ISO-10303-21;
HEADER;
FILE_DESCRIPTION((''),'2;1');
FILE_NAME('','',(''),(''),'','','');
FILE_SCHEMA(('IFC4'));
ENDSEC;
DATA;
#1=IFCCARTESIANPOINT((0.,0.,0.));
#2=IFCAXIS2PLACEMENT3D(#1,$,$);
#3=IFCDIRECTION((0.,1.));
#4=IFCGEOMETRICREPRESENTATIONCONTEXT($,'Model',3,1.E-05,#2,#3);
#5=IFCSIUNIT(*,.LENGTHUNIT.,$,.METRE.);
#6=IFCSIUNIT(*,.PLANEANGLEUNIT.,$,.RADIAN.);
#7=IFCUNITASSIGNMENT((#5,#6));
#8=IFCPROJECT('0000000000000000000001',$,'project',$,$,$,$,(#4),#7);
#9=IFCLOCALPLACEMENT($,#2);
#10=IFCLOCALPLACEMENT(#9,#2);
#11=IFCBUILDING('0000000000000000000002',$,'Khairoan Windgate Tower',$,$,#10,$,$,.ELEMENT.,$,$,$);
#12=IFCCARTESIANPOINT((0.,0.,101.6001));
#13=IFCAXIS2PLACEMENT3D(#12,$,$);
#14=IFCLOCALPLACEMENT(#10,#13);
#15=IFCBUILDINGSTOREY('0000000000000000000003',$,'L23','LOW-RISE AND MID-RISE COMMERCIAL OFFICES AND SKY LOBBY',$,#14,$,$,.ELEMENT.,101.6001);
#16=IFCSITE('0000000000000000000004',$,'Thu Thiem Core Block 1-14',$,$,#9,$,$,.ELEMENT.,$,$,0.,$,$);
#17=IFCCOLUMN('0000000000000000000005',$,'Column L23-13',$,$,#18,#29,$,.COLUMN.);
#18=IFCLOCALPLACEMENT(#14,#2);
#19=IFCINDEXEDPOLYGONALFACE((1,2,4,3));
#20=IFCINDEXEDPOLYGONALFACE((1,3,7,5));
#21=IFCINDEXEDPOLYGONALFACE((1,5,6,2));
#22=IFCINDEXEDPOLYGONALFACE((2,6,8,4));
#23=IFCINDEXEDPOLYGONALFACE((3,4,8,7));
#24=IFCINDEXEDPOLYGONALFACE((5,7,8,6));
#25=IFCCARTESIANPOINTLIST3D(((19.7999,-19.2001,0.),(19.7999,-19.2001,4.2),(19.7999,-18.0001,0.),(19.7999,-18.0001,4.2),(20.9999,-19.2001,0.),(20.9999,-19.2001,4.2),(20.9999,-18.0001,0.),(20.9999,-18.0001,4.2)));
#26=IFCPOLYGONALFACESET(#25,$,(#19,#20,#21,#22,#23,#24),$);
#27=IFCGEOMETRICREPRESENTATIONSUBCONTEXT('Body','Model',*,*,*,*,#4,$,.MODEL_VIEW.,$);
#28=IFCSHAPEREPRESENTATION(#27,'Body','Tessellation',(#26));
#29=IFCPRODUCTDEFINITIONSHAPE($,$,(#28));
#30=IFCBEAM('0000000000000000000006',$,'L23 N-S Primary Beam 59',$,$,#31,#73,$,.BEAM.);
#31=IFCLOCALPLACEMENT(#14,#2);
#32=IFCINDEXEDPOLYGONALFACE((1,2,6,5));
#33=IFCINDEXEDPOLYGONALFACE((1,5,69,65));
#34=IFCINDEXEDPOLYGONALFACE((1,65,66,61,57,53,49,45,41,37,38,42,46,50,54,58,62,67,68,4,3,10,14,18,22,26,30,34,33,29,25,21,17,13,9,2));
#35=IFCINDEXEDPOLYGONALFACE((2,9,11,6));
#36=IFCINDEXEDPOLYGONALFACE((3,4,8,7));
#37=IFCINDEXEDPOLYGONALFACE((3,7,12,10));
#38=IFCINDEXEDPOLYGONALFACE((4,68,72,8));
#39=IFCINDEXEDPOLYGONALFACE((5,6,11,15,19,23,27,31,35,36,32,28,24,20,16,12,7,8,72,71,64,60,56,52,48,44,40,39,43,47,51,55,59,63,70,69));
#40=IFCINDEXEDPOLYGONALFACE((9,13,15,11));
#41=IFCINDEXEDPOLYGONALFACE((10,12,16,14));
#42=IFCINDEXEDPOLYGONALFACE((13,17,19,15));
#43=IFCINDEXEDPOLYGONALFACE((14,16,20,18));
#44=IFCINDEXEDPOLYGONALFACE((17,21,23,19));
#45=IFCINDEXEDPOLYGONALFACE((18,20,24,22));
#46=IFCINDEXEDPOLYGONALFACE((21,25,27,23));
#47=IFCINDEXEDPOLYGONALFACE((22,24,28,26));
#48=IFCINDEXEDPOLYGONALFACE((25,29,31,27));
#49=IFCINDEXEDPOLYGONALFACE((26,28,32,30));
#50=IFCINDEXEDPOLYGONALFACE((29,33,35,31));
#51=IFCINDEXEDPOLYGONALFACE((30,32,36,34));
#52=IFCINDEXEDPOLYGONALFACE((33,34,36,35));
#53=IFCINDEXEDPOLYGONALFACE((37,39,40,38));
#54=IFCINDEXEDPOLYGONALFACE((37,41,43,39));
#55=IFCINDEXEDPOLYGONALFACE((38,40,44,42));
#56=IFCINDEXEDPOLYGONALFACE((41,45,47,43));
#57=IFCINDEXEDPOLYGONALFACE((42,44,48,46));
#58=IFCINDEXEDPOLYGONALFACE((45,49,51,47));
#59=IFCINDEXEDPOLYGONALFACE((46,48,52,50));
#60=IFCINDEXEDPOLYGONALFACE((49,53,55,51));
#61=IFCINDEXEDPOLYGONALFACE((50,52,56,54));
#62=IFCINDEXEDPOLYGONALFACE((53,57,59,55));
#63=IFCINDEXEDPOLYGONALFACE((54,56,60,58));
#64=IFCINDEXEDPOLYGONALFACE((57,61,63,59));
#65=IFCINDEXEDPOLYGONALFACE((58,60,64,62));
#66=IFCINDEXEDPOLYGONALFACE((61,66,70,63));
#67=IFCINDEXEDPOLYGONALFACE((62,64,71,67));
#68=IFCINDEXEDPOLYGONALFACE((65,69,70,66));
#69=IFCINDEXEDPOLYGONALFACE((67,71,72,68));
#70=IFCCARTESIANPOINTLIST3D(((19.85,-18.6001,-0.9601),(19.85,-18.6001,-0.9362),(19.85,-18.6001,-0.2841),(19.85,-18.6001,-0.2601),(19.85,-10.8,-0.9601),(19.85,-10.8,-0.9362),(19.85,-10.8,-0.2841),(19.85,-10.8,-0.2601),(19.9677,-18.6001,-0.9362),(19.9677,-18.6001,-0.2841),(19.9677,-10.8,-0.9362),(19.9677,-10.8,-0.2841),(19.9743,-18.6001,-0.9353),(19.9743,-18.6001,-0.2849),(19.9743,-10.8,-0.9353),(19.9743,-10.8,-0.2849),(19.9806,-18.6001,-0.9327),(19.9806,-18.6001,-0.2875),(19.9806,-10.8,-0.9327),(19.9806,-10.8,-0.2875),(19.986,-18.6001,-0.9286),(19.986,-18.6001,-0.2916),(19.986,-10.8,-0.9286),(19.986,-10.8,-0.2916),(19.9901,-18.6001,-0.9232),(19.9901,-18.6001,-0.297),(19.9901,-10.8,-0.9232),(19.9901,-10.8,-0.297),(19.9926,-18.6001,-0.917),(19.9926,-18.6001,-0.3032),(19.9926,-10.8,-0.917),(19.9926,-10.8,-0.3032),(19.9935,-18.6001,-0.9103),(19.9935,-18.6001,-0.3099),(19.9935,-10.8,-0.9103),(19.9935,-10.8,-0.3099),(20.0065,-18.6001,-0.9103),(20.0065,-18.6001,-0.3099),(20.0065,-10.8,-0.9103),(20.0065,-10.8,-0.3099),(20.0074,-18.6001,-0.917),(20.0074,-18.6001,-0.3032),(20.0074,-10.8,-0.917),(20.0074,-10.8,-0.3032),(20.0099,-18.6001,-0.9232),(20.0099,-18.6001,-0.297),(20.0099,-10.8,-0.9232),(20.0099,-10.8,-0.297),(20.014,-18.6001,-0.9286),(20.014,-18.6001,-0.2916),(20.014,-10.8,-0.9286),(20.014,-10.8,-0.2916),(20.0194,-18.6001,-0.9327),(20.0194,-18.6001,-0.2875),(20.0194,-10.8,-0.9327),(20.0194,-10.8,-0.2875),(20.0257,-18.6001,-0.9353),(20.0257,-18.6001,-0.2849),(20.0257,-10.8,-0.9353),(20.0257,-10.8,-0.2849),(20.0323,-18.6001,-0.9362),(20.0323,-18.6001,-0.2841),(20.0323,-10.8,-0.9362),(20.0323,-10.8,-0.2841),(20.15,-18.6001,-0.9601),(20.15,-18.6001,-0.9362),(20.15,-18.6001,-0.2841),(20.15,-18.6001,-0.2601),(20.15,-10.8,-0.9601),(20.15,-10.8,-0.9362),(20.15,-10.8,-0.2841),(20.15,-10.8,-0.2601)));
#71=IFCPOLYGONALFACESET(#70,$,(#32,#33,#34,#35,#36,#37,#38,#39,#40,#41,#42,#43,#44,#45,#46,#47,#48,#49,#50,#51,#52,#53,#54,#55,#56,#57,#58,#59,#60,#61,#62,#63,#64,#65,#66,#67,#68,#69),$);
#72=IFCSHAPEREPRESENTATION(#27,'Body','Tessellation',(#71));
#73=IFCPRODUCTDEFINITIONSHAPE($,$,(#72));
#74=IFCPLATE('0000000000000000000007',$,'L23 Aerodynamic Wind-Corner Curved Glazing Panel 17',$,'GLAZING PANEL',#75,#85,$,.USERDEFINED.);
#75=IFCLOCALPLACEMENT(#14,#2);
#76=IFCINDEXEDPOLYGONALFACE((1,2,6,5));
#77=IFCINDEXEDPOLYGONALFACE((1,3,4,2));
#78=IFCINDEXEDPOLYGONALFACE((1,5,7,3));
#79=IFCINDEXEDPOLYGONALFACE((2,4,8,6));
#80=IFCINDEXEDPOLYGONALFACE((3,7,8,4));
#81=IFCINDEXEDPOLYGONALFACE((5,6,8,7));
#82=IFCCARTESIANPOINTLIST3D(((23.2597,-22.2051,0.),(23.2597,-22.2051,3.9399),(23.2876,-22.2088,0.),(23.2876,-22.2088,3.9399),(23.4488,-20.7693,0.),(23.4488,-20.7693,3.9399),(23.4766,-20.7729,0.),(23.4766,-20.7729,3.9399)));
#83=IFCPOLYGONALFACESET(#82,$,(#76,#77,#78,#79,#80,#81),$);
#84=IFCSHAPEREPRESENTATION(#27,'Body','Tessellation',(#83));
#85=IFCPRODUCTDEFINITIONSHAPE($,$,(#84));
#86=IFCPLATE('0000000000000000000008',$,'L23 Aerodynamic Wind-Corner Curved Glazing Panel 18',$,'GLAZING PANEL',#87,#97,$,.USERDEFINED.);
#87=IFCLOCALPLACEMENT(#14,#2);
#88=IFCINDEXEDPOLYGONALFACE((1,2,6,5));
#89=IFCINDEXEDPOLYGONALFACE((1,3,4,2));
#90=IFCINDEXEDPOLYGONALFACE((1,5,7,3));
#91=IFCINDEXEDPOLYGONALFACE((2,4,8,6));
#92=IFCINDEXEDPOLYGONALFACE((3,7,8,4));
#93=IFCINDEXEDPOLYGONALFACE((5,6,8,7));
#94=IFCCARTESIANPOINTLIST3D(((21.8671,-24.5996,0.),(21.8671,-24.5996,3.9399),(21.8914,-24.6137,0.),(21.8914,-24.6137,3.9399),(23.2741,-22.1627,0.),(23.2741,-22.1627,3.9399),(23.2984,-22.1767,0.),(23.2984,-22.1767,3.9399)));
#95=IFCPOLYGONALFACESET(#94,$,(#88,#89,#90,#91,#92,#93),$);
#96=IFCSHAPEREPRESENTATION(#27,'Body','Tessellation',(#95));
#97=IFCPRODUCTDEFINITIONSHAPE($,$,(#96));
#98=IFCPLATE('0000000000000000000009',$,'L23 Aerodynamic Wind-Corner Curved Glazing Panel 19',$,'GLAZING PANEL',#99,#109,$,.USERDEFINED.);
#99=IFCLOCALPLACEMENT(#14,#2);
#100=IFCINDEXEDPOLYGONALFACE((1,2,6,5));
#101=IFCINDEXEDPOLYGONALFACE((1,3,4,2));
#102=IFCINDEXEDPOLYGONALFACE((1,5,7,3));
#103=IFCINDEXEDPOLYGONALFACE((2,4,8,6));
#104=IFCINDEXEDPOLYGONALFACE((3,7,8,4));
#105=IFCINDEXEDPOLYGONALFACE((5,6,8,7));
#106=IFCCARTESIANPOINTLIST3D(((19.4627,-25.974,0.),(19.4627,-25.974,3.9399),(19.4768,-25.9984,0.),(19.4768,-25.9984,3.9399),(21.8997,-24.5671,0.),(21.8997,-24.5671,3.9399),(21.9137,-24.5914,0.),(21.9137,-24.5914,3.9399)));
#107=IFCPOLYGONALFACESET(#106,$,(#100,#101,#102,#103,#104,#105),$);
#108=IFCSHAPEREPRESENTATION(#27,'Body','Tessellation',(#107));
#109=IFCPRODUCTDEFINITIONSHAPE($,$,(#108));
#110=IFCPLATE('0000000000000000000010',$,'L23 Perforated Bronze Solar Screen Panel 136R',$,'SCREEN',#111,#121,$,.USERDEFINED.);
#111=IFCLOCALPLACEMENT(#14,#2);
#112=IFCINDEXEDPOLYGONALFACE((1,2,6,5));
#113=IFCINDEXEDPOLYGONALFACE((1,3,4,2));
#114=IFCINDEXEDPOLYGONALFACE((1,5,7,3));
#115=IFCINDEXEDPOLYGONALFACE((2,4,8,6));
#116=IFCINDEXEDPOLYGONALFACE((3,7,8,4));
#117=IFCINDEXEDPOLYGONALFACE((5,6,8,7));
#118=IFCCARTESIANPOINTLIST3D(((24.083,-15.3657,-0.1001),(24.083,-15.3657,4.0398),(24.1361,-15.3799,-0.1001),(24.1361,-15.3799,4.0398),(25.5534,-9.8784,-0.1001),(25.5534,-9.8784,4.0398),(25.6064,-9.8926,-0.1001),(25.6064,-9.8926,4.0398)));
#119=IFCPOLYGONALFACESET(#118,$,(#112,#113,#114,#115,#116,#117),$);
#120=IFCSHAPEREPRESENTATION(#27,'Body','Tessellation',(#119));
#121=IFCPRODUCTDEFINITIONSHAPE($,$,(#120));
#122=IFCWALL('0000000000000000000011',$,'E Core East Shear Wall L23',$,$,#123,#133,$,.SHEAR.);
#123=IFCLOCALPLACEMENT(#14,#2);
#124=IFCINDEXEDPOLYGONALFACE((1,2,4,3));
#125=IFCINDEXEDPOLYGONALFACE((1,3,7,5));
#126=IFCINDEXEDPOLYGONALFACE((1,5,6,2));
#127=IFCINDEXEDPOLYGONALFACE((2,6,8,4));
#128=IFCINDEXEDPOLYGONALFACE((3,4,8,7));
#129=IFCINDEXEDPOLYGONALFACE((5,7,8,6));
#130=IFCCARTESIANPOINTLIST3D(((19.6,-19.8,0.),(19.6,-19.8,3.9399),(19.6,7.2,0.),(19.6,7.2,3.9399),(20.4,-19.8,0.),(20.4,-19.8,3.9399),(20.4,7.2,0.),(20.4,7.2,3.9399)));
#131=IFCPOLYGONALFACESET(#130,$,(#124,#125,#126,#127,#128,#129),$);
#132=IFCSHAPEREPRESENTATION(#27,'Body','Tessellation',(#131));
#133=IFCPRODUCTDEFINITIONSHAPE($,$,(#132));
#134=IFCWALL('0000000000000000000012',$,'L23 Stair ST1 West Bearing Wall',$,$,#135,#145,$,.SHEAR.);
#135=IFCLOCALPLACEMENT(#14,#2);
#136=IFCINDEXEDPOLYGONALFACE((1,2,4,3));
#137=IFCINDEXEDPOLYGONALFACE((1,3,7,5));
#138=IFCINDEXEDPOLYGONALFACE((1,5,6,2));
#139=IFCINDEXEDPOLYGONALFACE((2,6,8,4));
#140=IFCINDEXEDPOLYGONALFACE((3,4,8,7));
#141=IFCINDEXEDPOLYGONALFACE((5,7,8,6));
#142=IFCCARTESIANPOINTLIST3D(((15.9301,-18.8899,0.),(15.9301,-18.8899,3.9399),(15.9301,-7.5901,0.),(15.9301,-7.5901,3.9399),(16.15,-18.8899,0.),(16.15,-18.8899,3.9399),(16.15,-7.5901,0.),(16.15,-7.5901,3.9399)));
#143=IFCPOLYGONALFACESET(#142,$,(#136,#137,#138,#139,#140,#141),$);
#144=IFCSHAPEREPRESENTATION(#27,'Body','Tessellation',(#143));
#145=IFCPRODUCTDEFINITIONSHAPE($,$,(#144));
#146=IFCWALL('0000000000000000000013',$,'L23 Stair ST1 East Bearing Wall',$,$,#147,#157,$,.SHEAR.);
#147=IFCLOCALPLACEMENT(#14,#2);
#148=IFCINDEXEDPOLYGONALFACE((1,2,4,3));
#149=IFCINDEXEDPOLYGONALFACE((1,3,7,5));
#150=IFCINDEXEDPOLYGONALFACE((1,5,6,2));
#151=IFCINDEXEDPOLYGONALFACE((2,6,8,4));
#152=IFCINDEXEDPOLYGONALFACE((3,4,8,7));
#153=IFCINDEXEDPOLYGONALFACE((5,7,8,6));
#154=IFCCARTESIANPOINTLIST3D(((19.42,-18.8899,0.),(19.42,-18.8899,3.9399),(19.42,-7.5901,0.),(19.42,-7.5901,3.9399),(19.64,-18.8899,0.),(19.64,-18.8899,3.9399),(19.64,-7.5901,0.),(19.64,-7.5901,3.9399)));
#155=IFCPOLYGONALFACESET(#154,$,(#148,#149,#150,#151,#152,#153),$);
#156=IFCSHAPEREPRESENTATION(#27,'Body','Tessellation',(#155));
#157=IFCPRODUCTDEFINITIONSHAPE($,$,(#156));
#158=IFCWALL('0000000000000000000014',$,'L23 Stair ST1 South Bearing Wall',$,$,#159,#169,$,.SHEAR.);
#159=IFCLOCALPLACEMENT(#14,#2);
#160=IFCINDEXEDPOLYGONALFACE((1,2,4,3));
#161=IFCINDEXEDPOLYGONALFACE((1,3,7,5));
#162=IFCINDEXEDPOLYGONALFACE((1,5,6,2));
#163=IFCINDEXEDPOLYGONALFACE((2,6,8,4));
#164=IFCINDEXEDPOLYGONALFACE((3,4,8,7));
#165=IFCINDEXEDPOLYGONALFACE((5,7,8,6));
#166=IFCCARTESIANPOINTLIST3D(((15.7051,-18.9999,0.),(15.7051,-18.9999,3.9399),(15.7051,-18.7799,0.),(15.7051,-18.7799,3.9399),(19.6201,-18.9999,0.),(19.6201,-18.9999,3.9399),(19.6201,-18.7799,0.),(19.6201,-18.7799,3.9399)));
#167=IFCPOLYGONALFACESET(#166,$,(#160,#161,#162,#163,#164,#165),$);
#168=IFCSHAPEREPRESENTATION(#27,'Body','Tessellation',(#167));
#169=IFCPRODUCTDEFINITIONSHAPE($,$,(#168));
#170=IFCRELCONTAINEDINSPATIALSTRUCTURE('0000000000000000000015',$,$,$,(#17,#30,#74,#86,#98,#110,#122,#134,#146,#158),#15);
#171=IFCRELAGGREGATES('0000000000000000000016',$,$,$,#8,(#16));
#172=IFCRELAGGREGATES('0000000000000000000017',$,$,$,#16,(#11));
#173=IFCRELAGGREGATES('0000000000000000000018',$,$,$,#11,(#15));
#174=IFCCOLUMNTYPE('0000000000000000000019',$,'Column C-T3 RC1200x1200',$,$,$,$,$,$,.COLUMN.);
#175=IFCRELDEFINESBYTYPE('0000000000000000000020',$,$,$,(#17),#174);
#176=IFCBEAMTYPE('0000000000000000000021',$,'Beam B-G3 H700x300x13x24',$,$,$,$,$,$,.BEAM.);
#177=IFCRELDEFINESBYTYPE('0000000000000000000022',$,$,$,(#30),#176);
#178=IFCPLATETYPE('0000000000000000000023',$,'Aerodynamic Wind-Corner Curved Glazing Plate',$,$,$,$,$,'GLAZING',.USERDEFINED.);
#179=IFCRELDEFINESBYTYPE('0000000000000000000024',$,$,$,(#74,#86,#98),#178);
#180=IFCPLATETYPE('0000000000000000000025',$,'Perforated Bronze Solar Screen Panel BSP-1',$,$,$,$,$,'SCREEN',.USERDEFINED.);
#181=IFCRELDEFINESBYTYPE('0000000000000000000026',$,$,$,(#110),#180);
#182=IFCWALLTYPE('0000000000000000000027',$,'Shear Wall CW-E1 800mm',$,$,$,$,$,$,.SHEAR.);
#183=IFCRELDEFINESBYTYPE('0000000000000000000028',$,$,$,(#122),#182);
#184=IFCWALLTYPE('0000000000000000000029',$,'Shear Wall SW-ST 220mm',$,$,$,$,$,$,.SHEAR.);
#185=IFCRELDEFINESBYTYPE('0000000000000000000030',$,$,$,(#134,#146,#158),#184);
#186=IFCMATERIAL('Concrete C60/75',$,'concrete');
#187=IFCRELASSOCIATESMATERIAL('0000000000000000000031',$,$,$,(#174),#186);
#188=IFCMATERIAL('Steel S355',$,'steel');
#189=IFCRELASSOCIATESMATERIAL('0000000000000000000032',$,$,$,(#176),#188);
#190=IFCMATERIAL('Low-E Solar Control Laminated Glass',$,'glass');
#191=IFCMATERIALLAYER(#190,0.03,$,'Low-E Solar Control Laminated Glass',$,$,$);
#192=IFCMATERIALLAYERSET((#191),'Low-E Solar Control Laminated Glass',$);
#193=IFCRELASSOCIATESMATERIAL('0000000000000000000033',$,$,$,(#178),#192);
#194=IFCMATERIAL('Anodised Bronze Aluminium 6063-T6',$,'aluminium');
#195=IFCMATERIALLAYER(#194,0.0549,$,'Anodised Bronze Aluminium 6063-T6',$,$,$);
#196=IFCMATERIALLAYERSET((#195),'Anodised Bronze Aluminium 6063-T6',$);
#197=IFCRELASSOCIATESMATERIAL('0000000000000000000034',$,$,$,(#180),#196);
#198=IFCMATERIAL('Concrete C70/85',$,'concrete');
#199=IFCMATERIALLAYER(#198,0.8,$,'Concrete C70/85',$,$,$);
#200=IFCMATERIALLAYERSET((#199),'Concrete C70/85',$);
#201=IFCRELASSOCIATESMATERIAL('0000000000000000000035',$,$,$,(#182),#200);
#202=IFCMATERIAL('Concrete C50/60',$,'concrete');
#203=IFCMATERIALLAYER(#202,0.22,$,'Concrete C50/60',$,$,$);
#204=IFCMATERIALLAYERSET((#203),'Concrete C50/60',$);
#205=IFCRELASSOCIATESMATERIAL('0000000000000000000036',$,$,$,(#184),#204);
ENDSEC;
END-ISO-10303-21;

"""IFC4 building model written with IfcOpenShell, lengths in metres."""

from ifc_helpers import new_model, si_unit, direction, frame, frame_2d, origin, origin_2d, place, context, subcontext, project, spatial, rectangle, i_section, extrude, material, layer, layer_set, material_profile, profile_set, type_object, element, save


model = new_model("IFC4")

# Units and contexts
model_context = context("Model", 3, precision=1e-05, world=origin(), true_north=direction((0.0, 1.0)))
body_context = subcontext(model_context, "Body", "Model", "MODEL_VIEW")
ifc_project = project(units=[si_unit("LENGTHUNIT", "METRE"), si_unit("PLANEANGLEUNIT", "RADIAN")], contexts=[model_context])

# Site, building, storey
site_placement = place(None, origin())
site = spatial("IfcSite", under=ifc_project, at=site_placement, Name="Thu Thiem Core Block 1-14", CompositionType="ELEMENT", RefElevation=0.0)
building_placement = place(site_placement, origin())
building = spatial("IfcBuilding", under=site, at=building_placement, Name="Khairoan Windgate Tower", CompositionType="ELEMENT")
storey_placement = place(building_placement, frame((0.0, 0.0, 101.6001)))
storey = spatial("IfcBuildingStorey", under=building, at=storey_placement, Name="L23", Description="LOW-RISE AND MID-RISE COMMERCIAL OFFICES AND SKY LOBBY", CompositionType="ELEMENT", Elevation=101.6001)

# Column
ifc_material_1 = material(Name="Concrete C60/75", Category="concrete")
ifc_material_profile_1 = material_profile(ifc_material_1, rectangle(XDim=1.2, YDim=1.2, at=origin_2d()))
ifc_profile_set_1 = profile_set([ifc_material_profile_1], Name="Concrete C60/75")
column_type = type_object("IfcColumnType", Name="Column C-T3 RC1200x1200", PredefinedType="COLUMN", material=ifc_profile_set_1)
column_placement = place(storey_placement, frame((20.3999, -18.6001, 0.0), z_axis=(0.0, 0.0, 1.0), x_axis=(1.0, 0.0, 0.0)))
element("IfcColumn", 1, at=column_placement, inside=storey, type_object=column_type, Name="Column L23-13", PredefinedType="COLUMN", context=body_context, shape_type="SweptSolid", body=[
    extrude(rectangle(XDim=1.2, YDim=1.2, at=origin_2d()), origin(), (0.0, 0.0, 1.0), 4.2),
])

# Beam
ifc_material_2 = material(Name="Steel S355", Category="steel")
ifc_material_profile_2 = material_profile(ifc_material_2, i_section(OverallWidth=0.3, OverallDepth=0.7, WebThickness=0.0129, FlangeThickness=0.0239, FilletRadius=0.0259, at=origin_2d()))
ifc_profile_set_2 = profile_set([ifc_material_profile_2], Name="Steel S355")
beam_type = type_object("IfcBeamType", Name="Beam B-G3 H700x300x13x24", PredefinedType="BEAM", material=ifc_profile_set_2)
beam_placement = place(storey_placement, frame((20.0, -18.6001, -0.6101), z_axis=(0.0, 1.0, 0.0), x_axis=(-1.0, 0.0, 0.0)))
element("IfcBeam", 2, at=beam_placement, inside=storey, type_object=beam_type, Name="L23 N-S Primary Beam 59", PredefinedType="BEAM", context=body_context, shape_type="SweptSolid", body=[
    extrude(i_section(OverallWidth=0.3, OverallDepth=0.7, WebThickness=0.0129, FlangeThickness=0.0239, FilletRadius=0.0259, at=origin_2d()), origin(), (0.0, 0.0, 1.0), 7.8),
])

# Plates
ifc_material_3 = material(Name="Low-E Solar Control Laminated Glass", Category="glass")
ifc_layer_1 = layer(ifc_material_3, 0.03, Name="Low-E Solar Control Laminated Glass")
ifc_layer_set_1 = layer_set([ifc_layer_1], Name="Low-E Solar Control Laminated Glass")
plate_type_1 = type_object("IfcPlateType", Name="Aerodynamic Wind-Corner Curved Glazing Plate", ElementType="GLAZING", PredefinedType="USERDEFINED", material=ifc_layer_set_1)
plate_1_placement = place(storey_placement, frame((23.3682, -21.489, 0.0), z_axis=(0.0, 0.0, 1.0), x_axis=(-0.130526, -0.991445, 0.0)))
element("IfcPlate", 3, at=plate_1_placement, inside=storey, type_object=plate_type_1, Name="L23 Aerodynamic Wind-Corner Curved Glazing Panel 17", ObjectType="GLAZING PANEL", PredefinedType="USERDEFINED", context=body_context, shape_type="SweptSolid", body=[
    extrude(rectangle(XDim=1.4482, YDim=0.0281, at=origin_2d()), origin(), (0.0, 0.0, 1.0), 3.9399),
])
for number, where, z_axis, x_axis, name in (
    (4, (22.5828, -23.3882, 0.0), (0.0, 0.0, 1.0), (-0.5, -0.866025, 0.0), "L23 Aerodynamic Wind-Corner Curved Glazing Panel 18"),
    (5, (20.6882, -25.2827, 0.0), (0.0, 0.0, 1.0), (-0.866025, -0.5, 0.0), "L23 Aerodynamic Wind-Corner Curved Glazing Panel 19"),
):
    element("IfcPlate", number, at=place(storey_placement, frame(where, z_axis=z_axis, x_axis=x_axis)), inside=storey, type_object=plate_type_1, Name=name, ObjectType="GLAZING PANEL", PredefinedType="USERDEFINED", context=body_context, shape_type="SweptSolid", body=[
        extrude(rectangle(XDim=2.814, YDim=0.0281, at=origin_2d()), origin(), (0.0, 0.0, 1.0), 3.9399),
    ])

# Plate
ifc_material_4 = material(Name="Anodised Bronze Aluminium 6063-T6", Category="aluminium")
ifc_layer_2 = layer(ifc_material_4, 0.0549, Name="Anodised Bronze Aluminium 6063-T6")
ifc_layer_set_2 = layer_set([ifc_layer_2], Name="Anodised Bronze Aluminium 6063-T6")
plate_type_2 = type_object("IfcPlateType", Name="Perforated Bronze Solar Screen Panel BSP-1", ElementType="SCREEN", PredefinedType="USERDEFINED", material=ifc_layer_set_2)
plate_2_placement = place(storey_placement, frame((24.8447, -12.6292, -0.1001), z_axis=(0.0, 0.0, 1.0), x_axis=(-0.258819, -0.965926, 0.0)))
element("IfcPlate", 6, at=plate_2_placement, inside=storey, type_object=plate_type_2, Name="L23 Perforated Bronze Solar Screen Panel 136R", ObjectType="SCREEN", PredefinedType="USERDEFINED", context=body_context, shape_type="SweptSolid", body=[
    extrude(rectangle(XDim=5.6809, YDim=0.0549, at=origin_2d()), origin(), (0.0, 0.0, 1.0), 4.1399),
])

# Walls
ifc_material_5 = material(Name="Concrete C70/85", Category="concrete")
ifc_layer_3 = layer(ifc_material_5, 0.8, Name="Concrete C70/85")
ifc_layer_set_3 = layer_set([ifc_layer_3], Name="Concrete C70/85")
wall_type_1 = type_object("IfcWallType", Name="Shear Wall CW-E1 800mm", PredefinedType="SHEAR", material=ifc_layer_set_3)
wall_1_placement = place(storey_placement, frame((20.0, -19.8, 0.0), z_axis=(0.0, 0.0, 1.0), x_axis=(0.0, 1.0, 0.0)))
element("IfcWall", 7, at=wall_1_placement, inside=storey, type_object=wall_type_1, Name="E Core East Shear Wall L23", PredefinedType="SHEAR", context=body_context, shape_type="SweptSolid", body=[
    extrude(rectangle(XDim=27.0, YDim=0.8, at=frame_2d((13.5, 0.0))), origin(), (0.0, 0.0, 1.0), 3.9399),
])
ifc_material_6 = material(Name="Concrete C50/60", Category="concrete")
ifc_layer_4 = layer(ifc_material_6, 0.22, Name="Concrete C50/60")
ifc_layer_set_4 = layer_set([ifc_layer_4], Name="Concrete C50/60")
wall_type_2 = type_object("IfcWallType", Name="Shear Wall SW-ST 220mm", PredefinedType="SHEAR", material=ifc_layer_set_4)
for number, where, z_axis, x_axis, name in (
    (8, (16.04, -18.8899, 0.0), (0.0, 0.0, 1.0), (0.0, 1.0, 0.0), "L23 Stair ST1 West Bearing Wall"),
    (9, (19.53, -18.8899, 0.0), (0.0, 0.0, 1.0), (0.0, 1.0, 0.0), "L23 Stair ST1 East Bearing Wall"),
):
    element("IfcWall", number, at=place(storey_placement, frame(where, z_axis=z_axis, x_axis=x_axis)), inside=storey, type_object=wall_type_2, Name=name, PredefinedType="SHEAR", context=body_context, shape_type="SweptSolid", body=[
        extrude(rectangle(XDim=11.2998, YDim=0.22, at=frame_2d((5.6499, 0.0))), origin(), (0.0, 0.0, 1.0), 3.9399),
    ])
wall_2_placement = place(storey_placement, frame((15.7051, -18.8899, 0.0), z_axis=(0.0, 0.0, 1.0), x_axis=(1.0, 0.0, 0.0)))
element("IfcWall", 10, at=wall_2_placement, inside=storey, type_object=wall_type_2, Name="L23 Stair ST1 South Bearing Wall", PredefinedType="SHEAR", context=body_context, shape_type="SweptSolid", body=[
    extrude(rectangle(XDim=3.915, YDim=0.22, at=frame_2d((1.9575, 0.0))), origin(), (0.0, 0.0, 1.0), 3.9399),
])

save(model, "model.ifc")
